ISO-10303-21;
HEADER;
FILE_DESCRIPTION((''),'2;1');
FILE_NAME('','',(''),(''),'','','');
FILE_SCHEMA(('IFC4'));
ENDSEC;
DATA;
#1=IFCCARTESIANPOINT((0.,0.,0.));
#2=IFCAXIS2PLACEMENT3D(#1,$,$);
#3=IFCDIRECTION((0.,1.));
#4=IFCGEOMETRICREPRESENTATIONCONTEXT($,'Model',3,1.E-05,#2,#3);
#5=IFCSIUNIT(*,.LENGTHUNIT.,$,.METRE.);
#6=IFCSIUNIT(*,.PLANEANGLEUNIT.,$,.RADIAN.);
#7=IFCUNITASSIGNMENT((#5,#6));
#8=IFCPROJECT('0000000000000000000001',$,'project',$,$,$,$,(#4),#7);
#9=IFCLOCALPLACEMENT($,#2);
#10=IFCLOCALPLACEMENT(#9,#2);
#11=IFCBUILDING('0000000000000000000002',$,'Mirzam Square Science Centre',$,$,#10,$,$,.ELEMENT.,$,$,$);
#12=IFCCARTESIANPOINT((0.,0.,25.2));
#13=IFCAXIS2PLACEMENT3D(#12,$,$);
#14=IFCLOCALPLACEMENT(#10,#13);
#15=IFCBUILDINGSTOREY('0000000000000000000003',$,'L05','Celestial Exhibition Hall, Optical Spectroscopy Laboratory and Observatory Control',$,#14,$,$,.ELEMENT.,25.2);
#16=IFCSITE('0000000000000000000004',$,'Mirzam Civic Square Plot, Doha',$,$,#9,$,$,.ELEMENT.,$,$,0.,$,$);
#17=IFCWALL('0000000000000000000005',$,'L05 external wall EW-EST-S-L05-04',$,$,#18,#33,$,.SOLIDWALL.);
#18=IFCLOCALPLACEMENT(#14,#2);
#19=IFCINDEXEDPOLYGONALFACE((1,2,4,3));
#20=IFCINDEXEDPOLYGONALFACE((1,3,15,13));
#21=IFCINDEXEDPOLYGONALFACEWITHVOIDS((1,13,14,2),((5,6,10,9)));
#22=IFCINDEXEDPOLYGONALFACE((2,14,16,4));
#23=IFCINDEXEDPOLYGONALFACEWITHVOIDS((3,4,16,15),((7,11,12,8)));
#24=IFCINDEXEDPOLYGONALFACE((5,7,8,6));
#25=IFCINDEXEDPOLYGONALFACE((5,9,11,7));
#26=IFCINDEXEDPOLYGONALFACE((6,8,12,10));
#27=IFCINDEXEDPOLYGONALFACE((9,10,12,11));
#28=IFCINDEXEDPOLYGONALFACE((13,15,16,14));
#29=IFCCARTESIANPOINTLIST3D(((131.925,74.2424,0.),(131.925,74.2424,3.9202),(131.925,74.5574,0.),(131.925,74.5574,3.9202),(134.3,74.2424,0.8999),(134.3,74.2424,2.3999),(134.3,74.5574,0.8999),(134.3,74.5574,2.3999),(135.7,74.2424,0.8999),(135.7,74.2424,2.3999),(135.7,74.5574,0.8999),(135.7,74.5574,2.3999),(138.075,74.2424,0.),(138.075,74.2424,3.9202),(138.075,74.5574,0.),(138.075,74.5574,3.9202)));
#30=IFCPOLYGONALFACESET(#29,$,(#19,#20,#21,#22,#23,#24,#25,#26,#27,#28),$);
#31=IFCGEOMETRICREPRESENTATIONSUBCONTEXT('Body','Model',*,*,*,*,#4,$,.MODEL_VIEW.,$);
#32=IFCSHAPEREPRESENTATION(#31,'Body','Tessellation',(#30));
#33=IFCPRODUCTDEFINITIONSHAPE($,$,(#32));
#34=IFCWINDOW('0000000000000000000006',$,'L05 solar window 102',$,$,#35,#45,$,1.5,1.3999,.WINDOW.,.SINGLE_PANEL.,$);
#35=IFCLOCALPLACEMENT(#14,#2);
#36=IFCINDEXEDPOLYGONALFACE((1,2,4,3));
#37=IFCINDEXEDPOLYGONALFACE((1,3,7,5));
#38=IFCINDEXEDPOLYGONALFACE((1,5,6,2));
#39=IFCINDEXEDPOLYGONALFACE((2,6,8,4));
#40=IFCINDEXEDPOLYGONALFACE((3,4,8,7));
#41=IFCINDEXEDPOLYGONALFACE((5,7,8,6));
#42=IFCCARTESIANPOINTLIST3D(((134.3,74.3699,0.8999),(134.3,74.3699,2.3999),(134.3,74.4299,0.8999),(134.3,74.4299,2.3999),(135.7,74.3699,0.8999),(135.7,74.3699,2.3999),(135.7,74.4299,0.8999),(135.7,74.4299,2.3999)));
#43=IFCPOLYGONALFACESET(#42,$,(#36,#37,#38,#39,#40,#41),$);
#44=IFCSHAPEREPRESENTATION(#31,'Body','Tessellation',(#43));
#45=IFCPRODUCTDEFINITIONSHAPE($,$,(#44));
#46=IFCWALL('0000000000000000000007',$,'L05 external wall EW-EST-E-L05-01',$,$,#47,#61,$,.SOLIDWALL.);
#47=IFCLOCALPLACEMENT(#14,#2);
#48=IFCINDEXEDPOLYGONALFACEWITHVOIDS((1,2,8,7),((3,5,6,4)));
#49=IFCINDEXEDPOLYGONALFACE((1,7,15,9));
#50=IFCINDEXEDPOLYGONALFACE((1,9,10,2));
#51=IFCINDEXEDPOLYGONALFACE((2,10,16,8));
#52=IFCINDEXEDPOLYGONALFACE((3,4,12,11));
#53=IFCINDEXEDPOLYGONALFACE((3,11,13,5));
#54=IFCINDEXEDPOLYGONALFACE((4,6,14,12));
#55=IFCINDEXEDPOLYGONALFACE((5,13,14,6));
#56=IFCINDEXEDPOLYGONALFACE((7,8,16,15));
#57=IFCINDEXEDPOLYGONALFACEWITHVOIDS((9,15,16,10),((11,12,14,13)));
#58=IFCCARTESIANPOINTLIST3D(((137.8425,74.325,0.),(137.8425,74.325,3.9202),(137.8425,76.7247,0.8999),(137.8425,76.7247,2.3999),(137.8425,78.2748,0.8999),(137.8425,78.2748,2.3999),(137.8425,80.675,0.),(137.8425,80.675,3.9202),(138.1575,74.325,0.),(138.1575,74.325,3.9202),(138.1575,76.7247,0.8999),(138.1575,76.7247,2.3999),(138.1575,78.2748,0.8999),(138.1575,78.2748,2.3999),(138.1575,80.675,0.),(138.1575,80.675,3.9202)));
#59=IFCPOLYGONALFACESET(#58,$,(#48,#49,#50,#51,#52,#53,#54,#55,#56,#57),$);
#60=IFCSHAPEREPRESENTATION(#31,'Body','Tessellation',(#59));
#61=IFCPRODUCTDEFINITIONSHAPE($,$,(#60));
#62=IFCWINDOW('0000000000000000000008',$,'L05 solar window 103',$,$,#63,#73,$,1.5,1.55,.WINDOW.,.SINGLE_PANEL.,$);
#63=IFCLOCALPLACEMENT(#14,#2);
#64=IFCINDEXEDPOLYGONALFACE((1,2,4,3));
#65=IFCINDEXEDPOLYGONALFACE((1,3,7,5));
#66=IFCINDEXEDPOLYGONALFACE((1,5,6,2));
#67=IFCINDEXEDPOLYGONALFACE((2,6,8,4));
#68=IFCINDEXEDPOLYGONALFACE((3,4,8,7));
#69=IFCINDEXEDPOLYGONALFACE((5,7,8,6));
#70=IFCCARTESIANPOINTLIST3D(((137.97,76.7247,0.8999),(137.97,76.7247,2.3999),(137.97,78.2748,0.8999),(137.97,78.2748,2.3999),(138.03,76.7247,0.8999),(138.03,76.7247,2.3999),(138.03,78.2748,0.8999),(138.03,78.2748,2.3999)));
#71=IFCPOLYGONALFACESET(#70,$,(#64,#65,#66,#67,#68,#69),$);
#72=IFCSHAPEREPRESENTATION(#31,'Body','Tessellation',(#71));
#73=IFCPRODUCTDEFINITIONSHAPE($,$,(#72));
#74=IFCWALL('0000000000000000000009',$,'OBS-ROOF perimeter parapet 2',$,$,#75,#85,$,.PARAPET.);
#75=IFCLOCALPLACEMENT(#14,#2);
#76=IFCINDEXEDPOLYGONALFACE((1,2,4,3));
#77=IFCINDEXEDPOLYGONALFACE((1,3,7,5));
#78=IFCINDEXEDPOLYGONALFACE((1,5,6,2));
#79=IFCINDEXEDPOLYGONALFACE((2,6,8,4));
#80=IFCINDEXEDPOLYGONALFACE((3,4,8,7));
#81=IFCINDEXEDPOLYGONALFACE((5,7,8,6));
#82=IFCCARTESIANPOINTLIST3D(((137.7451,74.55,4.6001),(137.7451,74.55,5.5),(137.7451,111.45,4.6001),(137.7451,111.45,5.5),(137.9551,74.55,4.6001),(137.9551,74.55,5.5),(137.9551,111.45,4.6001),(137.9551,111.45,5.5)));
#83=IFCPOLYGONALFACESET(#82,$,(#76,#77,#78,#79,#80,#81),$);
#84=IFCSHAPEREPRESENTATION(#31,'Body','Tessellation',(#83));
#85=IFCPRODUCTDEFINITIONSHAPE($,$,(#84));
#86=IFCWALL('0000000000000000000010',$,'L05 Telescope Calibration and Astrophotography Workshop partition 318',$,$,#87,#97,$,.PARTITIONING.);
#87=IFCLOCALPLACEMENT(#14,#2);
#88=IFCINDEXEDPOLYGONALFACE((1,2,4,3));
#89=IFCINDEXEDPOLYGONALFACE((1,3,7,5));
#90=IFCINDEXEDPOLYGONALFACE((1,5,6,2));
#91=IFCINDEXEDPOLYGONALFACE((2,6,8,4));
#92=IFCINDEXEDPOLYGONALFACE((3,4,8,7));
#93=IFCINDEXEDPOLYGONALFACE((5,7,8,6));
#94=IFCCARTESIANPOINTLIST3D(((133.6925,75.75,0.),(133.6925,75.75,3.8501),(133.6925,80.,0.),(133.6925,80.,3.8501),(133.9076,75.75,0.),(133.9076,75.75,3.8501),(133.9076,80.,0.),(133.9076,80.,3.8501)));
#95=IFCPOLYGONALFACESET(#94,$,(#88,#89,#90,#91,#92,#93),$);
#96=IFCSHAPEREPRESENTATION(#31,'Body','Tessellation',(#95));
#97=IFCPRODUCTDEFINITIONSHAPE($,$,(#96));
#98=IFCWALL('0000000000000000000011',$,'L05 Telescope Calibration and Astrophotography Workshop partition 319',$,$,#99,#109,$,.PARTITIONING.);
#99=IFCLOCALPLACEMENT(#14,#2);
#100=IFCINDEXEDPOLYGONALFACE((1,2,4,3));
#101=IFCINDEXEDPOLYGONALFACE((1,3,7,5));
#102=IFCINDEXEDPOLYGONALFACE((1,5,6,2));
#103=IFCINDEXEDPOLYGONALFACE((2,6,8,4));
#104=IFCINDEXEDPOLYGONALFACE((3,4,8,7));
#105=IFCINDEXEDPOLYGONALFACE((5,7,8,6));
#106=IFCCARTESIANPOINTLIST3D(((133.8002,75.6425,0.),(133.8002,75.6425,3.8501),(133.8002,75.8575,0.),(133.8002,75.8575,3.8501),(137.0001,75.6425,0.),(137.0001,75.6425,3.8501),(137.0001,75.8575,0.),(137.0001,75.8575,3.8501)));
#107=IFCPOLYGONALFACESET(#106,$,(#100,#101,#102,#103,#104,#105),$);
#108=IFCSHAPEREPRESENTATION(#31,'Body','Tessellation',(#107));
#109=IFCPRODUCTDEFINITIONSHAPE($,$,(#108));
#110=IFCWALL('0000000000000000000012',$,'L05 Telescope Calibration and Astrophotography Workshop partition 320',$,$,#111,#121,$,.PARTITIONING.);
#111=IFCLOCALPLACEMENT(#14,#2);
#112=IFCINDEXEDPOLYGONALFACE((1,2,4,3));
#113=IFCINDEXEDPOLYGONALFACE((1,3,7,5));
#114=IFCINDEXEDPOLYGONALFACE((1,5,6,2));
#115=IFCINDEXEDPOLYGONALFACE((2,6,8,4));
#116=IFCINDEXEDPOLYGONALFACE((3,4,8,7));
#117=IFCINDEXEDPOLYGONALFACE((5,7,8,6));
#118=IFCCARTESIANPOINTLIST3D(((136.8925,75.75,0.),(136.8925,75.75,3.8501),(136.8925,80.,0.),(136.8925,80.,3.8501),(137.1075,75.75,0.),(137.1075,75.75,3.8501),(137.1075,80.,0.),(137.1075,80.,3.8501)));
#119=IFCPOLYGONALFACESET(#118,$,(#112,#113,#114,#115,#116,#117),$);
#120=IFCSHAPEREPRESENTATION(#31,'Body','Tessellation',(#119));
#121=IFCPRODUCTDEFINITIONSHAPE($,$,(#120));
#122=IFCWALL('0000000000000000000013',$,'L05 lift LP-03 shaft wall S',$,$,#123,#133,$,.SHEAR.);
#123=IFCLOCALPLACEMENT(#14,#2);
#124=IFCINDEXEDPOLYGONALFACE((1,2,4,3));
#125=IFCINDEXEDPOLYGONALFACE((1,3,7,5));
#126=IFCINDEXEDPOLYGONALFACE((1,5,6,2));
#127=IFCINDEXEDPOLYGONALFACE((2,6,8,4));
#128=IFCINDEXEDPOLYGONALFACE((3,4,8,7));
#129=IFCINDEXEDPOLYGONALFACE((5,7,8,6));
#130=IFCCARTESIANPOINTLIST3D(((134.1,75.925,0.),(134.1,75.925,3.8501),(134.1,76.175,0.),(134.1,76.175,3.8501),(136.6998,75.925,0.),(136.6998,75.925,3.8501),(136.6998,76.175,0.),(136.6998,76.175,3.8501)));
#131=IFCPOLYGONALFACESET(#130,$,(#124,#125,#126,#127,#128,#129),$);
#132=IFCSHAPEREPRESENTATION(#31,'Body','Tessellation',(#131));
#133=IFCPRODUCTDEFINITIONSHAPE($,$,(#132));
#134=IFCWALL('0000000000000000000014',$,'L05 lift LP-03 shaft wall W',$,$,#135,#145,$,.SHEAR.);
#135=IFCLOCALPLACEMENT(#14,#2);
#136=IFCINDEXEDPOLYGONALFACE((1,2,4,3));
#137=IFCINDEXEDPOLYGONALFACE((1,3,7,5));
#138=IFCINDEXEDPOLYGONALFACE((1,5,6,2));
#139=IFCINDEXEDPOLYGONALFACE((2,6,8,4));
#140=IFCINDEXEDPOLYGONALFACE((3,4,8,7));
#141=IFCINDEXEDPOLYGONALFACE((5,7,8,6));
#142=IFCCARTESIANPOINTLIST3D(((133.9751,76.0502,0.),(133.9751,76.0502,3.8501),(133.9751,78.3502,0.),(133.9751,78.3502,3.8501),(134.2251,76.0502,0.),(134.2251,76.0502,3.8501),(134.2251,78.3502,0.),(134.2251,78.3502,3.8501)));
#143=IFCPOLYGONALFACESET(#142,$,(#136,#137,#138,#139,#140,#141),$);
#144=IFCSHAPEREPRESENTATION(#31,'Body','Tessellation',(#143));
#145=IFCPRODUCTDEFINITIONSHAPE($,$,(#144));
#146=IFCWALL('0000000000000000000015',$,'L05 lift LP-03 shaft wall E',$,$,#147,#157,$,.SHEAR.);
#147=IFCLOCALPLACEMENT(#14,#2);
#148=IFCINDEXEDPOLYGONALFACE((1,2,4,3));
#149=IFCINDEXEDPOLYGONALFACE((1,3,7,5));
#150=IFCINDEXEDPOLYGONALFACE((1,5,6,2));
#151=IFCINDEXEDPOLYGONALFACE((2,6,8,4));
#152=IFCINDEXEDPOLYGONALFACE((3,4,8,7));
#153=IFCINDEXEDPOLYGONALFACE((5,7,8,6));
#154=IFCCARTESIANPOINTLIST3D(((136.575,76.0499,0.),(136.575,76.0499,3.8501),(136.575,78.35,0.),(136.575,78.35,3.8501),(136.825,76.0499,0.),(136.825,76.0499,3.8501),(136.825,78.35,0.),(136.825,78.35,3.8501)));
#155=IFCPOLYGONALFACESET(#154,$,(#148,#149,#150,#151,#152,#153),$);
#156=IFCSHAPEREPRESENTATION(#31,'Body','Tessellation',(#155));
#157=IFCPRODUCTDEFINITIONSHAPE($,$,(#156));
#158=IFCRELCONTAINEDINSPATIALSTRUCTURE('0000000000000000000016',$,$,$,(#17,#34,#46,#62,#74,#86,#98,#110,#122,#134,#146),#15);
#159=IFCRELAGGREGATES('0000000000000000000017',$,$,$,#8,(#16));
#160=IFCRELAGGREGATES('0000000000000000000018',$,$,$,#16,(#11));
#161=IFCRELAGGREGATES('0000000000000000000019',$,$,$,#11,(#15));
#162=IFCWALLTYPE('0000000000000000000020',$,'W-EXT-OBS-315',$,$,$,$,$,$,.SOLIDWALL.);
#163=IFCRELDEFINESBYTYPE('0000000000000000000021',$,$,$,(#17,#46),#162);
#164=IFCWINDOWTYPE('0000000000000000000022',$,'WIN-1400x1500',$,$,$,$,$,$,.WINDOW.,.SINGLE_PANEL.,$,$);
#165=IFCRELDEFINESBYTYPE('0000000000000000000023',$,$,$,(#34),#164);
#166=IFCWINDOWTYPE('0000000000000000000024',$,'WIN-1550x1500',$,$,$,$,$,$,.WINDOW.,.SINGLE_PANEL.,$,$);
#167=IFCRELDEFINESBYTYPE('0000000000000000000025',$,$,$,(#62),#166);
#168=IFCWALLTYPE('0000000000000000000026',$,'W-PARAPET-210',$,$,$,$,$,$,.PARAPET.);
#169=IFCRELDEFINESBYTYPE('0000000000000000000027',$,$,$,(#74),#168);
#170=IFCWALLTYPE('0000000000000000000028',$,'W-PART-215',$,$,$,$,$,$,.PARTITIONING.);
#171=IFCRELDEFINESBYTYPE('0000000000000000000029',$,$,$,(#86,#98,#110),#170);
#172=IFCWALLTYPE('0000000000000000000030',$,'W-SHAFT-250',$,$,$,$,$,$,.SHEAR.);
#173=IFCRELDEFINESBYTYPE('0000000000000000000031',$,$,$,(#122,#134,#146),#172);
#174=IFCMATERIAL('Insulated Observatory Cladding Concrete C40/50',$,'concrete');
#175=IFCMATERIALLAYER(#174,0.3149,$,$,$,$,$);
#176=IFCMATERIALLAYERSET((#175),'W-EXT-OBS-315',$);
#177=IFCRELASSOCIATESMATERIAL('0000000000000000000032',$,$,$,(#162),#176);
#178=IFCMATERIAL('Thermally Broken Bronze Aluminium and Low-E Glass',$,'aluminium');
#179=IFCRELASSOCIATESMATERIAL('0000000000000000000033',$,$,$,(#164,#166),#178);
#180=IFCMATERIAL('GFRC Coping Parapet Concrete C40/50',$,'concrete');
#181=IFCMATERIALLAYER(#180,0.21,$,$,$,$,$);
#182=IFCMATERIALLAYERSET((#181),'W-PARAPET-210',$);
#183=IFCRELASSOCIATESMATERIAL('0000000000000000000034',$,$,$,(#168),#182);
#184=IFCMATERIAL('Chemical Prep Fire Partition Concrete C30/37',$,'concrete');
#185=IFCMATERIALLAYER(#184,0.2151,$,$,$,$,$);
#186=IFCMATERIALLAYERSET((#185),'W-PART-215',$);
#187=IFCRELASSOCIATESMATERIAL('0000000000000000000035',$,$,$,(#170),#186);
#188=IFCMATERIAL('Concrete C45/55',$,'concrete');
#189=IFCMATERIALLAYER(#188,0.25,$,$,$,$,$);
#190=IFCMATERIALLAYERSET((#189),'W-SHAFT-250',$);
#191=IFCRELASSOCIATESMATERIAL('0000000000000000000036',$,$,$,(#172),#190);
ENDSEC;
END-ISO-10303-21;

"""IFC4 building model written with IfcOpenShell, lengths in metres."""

from ifc_helpers import new_model, si_unit, direction, frame, frame_2d, origin, place, context, subcontext, project, spatial, rectangle, extrude, material, layer, layer_set, type_object, element, fill, save


model = new_model("IFC4")

# Units and contexts
model_context = context("Model", 3, precision=1e-05, world=origin(), true_north=direction((0.0, 1.0)))
body_context = subcontext(model_context, "Body", "Model", "MODEL_VIEW")
ifc_project = project(units=[si_unit("LENGTHUNIT", "METRE"), si_unit("PLANEANGLEUNIT", "RADIAN")], contexts=[model_context])

# Site, building, storey
site_placement = place(None, origin())
site = spatial("IfcSite", under=ifc_project, at=site_placement, Name="Mirzam Civic Square Plot, Doha", CompositionType="ELEMENT", RefElevation=0.0)
building_placement = place(site_placement, origin())
building = spatial("IfcBuilding", under=site, at=building_placement, Name="Mirzam Square Science Centre", CompositionType="ELEMENT")
storey_placement = place(building_placement, frame((0.0, 0.0, 25.2)))
storey = spatial("IfcBuildingStorey", under=building, at=storey_placement, Name="L05", Description="Celestial Exhibition Hall, Optical Spectroscopy Laboratory and Observatory Control", CompositionType="ELEMENT", Elevation=25.2)

# Shared definitions
ifc_material_1 = material(Name="Concrete C45/55", Category="concrete")

# Walls, openings, windows
ifc_material_2 = material(Name="Insulated Observatory Cladding Concrete C40/50", Category="concrete")
ifc_layer_1 = layer(ifc_material_2, 0.3149)
ifc_layer_set_1 = layer_set([ifc_layer_1], Name="W-EXT-OBS-315")
wall_type_1 = type_object("IfcWallType", Name="W-EXT-OBS-315", PredefinedType="SOLIDWALL", material=ifc_layer_set_1)
wall_1_placement = place(storey_placement, frame((131.925, 74.3999, 0.0), z_axis=(0.0, 0.0, 1.0), x_axis=(1.0, 0.0, 0.0)))
wall_1 = element("IfcWall", 1, at=wall_1_placement, inside=storey, type_object=wall_type_1, Name="L05 external wall EW-EST-S-L05-04", PredefinedType="SOLIDWALL", context=body_context, shape_type="SweptSolid", body=[
    extrude(rectangle(XDim=6.1499, YDim=0.3149, at=frame_2d((3.075, 0.0))), origin(), (0.0, 0.0, 1.0), 3.9202),
])
opening_1_placement = place(wall_1_placement, frame((2.375, 0.0, 0.8999)))
opening_1 = element("IfcOpeningElement", 2, at=opening_1_placement, cuts=wall_1, PredefinedType="OPENING", context=body_context, shape_type="SweptSolid", body=[
    extrude(rectangle(XDim=1.3999, YDim=1.5, at=frame_2d((0.7, 0.75))), frame((0.0, 0.1675, 0.0), z_axis=(0.0, -1.0, 0.0), x_axis=(1.0, 0.0, 0.0)), (0.0, 0.0, 1.0), 0.335),
])
ifc_material_3 = material(Name="Thermally Broken Bronze Aluminium and Low-E Glass", Category="aluminium")
window_type_1 = type_object("IfcWindowType", Name="WIN-1400x1500", PartitioningType="SINGLE_PANEL", PredefinedType="WINDOW", material=ifc_material_3)
window_1_placement = place(opening_1_placement, origin())
window_1 = element("IfcWindow", 3, at=window_1_placement, inside=storey, type_object=window_type_1, Name="L05 solar window 102", OverallHeight=1.5, OverallWidth=1.3999, PartitioningType="SINGLE_PANEL", PredefinedType="WINDOW", context=body_context, shape_type="SweptSolid", body=[
    extrude(rectangle(XDim=1.3999, YDim=1.5, at=frame_2d((0.7, 0.75))), frame((0.0, 0.03, 0.0), z_axis=(0.0, -1.0, 0.0), x_axis=(1.0, 0.0, 0.0)), (0.0, 0.0, 1.0), 0.0601),
])
fill(opening_1, window_1)
wall_2_placement = place(storey_placement, frame((138.0, 74.325, 0.0), z_axis=(0.0, 0.0, 1.0), x_axis=(0.0, 1.0, 0.0)))
wall_2 = element("IfcWall", 4, at=wall_2_placement, inside=storey, type_object=wall_type_1, Name="L05 external wall EW-EST-E-L05-01", PredefinedType="SOLIDWALL", context=body_context, shape_type="SweptSolid", body=[
    extrude(rectangle(XDim=6.3501, YDim=0.3149, at=frame_2d((3.175, 0.0))), origin(), (0.0, 0.0, 1.0), 3.9202),
])
opening_2_placement = place(wall_2_placement, frame((2.3999, 0.0, 0.8999)))
opening_2 = element("IfcOpeningElement", 5, at=opening_2_placement, cuts=wall_2, PredefinedType="OPENING", context=body_context, shape_type="SweptSolid", body=[
    extrude(rectangle(XDim=1.55, YDim=1.5, at=frame_2d((0.7749, 0.75))), frame((0.0, 0.1675, 0.0), z_axis=(0.0, -1.0, 0.0), x_axis=(1.0, 0.0, 0.0)), (0.0, 0.0, 1.0), 0.335),
])
window_type_2 = type_object("IfcWindowType", Name="WIN-1550x1500", PartitioningType="SINGLE_PANEL", PredefinedType="WINDOW", material=ifc_material_3)
window_2_placement = place(opening_2_placement, origin())
window_2 = element("IfcWindow", 6, at=window_2_placement, inside=storey, type_object=window_type_2, Name="L05 solar window 103", OverallHeight=1.5, OverallWidth=1.55, PartitioningType="SINGLE_PANEL", PredefinedType="WINDOW", context=body_context, shape_type="SweptSolid", body=[
    extrude(rectangle(XDim=1.55, YDim=1.5, at=frame_2d((0.7749, 0.75))), frame((0.0, 0.03, 0.0), z_axis=(0.0, -1.0, 0.0), x_axis=(1.0, 0.0, 0.0)), (0.0, 0.0, 1.0), 0.0601),
])
fill(opening_2, window_2)

# Walls
ifc_material_4 = material(Name="GFRC Coping Parapet Concrete C40/50", Category="concrete")
ifc_layer_2 = layer(ifc_material_4, 0.21)
ifc_layer_set_2 = layer_set([ifc_layer_2], Name="W-PARAPET-210")
wall_type_2 = type_object("IfcWallType", Name="W-PARAPET-210", PredefinedType="PARAPET", material=ifc_layer_set_2)
wall_3_placement = place(storey_placement, frame((137.8501, 74.55, 4.6001), z_axis=(0.0, 0.0, 1.0), x_axis=(0.0, 1.0, 0.0)))
element("IfcWall", 7, at=wall_3_placement, inside=storey, type_object=wall_type_2, Name="OBS-ROOF perimeter parapet 2", PredefinedType="PARAPET", context=body_context, shape_type="SweptSolid", body=[
    extrude(rectangle(XDim=36.8999, YDim=0.21, at=frame_2d((18.45, 0.0))), origin(), (0.0, 0.0, 1.0), 0.8999),
])
ifc_material_5 = material(Name="Chemical Prep Fire Partition Concrete C30/37", Category="concrete")
ifc_layer_3 = layer(ifc_material_5, 0.2151)
ifc_layer_set_3 = layer_set([ifc_layer_3], Name="W-PART-215")
wall_type_3 = type_object("IfcWallType", Name="W-PART-215", PredefinedType="PARTITIONING", material=ifc_layer_set_3)
wall_4_placement = place(storey_placement, frame((133.8, 80.0, 0.0), z_axis=(0.0, 0.0, 1.0), x_axis=(0.0, -1.0, 0.0)))
element("IfcWall", 8, at=wall_4_placement, inside=storey, type_object=wall_type_3, Name="L05 Telescope Calibration and Astrophotography Workshop partition 318", PredefinedType="PARTITIONING", context=body_context, shape_type="SweptSolid", body=[
    extrude(rectangle(XDim=4.25, YDim=0.2151, at=frame_2d((2.125, 0.0))), origin(), (0.0, 0.0, 1.0), 3.8501),
])
wall_5_placement = place(storey_placement, frame((133.8, 75.75, 0.0), z_axis=(0.0, 0.0, 1.0), x_axis=(1.0, 0.0, 0.0)))
element("IfcWall", 9, at=wall_5_placement, inside=storey, type_object=wall_type_3, Name="L05 Telescope Calibration and Astrophotography Workshop partition 319", PredefinedType="PARTITIONING", context=body_context, shape_type="SweptSolid", body=[
    extrude(rectangle(XDim=3.2, YDim=0.2151, at=frame_2d((1.6001, 0.0))), origin(), (0.0, 0.0, 1.0), 3.8501),
])
wall_6_placement = place(storey_placement, frame((137.0, 75.75, 0.0), z_axis=(0.0, 0.0, 1.0), x_axis=(0.0, 1.0, 0.0)))
element("IfcWall", 10, at=wall_6_placement, inside=storey, type_object=wall_type_3, Name="L05 Telescope Calibration and Astrophotography Workshop partition 320", PredefinedType="PARTITIONING", context=body_context, shape_type="SweptSolid", body=[
    extrude(rectangle(XDim=4.25, YDim=0.2151, at=frame_2d((2.125, 0.0))), origin(), (0.0, 0.0, 1.0), 3.8501),
])
ifc_layer_4 = layer(ifc_material_1, 0.25)
ifc_layer_set_4 = layer_set([ifc_layer_4], Name="W-SHAFT-250")
wall_type_4 = type_object("IfcWallType", Name="W-SHAFT-250", PredefinedType="SHEAR", material=ifc_layer_set_4)
wall_7_placement = place(storey_placement, frame((134.1001, 76.05, 0.0), z_axis=(0.0, 0.0, 1.0), x_axis=(1.0, 0.0, 0.0)))
element("IfcWall", 11, at=wall_7_placement, inside=storey, type_object=wall_type_4, Name="L05 lift LP-03 shaft wall S", PredefinedType="SHEAR", context=body_context, shape_type="SweptSolid", body=[
    extrude(rectangle(XDim=2.5999, YDim=0.25, at=frame_2d((1.2998, 0.0))), origin(), (0.0, 0.0, 1.0), 3.8501),
])

# Walls
for number, where, z_axis, x_axis, name in (
    (12, (134.1001, 78.3501, 0.0), (0.0, 0.0, 1.0), (0.0, -1.0, 0.0), "L05 lift LP-03 shaft wall W"),
    (13, (136.7, 76.05, 0.0), (0.0, 0.0, 1.0), (0.0, 1.0, 0.0), "L05 lift LP-03 shaft wall E"),
):
    element("IfcWall", number, at=place(storey_placement, frame(where, z_axis=z_axis, x_axis=x_axis)), inside=storey, type_object=wall_type_4, Name=name, PredefinedType="SHEAR", context=body_context, shape_type="SweptSolid", body=[
        extrude(rectangle(XDim=2.3, YDim=0.25, at=frame_2d((1.1499, 0.0))), origin(), (0.0, 0.0, 1.0), 3.8501),
    ])

save(model, "model.ifc")
